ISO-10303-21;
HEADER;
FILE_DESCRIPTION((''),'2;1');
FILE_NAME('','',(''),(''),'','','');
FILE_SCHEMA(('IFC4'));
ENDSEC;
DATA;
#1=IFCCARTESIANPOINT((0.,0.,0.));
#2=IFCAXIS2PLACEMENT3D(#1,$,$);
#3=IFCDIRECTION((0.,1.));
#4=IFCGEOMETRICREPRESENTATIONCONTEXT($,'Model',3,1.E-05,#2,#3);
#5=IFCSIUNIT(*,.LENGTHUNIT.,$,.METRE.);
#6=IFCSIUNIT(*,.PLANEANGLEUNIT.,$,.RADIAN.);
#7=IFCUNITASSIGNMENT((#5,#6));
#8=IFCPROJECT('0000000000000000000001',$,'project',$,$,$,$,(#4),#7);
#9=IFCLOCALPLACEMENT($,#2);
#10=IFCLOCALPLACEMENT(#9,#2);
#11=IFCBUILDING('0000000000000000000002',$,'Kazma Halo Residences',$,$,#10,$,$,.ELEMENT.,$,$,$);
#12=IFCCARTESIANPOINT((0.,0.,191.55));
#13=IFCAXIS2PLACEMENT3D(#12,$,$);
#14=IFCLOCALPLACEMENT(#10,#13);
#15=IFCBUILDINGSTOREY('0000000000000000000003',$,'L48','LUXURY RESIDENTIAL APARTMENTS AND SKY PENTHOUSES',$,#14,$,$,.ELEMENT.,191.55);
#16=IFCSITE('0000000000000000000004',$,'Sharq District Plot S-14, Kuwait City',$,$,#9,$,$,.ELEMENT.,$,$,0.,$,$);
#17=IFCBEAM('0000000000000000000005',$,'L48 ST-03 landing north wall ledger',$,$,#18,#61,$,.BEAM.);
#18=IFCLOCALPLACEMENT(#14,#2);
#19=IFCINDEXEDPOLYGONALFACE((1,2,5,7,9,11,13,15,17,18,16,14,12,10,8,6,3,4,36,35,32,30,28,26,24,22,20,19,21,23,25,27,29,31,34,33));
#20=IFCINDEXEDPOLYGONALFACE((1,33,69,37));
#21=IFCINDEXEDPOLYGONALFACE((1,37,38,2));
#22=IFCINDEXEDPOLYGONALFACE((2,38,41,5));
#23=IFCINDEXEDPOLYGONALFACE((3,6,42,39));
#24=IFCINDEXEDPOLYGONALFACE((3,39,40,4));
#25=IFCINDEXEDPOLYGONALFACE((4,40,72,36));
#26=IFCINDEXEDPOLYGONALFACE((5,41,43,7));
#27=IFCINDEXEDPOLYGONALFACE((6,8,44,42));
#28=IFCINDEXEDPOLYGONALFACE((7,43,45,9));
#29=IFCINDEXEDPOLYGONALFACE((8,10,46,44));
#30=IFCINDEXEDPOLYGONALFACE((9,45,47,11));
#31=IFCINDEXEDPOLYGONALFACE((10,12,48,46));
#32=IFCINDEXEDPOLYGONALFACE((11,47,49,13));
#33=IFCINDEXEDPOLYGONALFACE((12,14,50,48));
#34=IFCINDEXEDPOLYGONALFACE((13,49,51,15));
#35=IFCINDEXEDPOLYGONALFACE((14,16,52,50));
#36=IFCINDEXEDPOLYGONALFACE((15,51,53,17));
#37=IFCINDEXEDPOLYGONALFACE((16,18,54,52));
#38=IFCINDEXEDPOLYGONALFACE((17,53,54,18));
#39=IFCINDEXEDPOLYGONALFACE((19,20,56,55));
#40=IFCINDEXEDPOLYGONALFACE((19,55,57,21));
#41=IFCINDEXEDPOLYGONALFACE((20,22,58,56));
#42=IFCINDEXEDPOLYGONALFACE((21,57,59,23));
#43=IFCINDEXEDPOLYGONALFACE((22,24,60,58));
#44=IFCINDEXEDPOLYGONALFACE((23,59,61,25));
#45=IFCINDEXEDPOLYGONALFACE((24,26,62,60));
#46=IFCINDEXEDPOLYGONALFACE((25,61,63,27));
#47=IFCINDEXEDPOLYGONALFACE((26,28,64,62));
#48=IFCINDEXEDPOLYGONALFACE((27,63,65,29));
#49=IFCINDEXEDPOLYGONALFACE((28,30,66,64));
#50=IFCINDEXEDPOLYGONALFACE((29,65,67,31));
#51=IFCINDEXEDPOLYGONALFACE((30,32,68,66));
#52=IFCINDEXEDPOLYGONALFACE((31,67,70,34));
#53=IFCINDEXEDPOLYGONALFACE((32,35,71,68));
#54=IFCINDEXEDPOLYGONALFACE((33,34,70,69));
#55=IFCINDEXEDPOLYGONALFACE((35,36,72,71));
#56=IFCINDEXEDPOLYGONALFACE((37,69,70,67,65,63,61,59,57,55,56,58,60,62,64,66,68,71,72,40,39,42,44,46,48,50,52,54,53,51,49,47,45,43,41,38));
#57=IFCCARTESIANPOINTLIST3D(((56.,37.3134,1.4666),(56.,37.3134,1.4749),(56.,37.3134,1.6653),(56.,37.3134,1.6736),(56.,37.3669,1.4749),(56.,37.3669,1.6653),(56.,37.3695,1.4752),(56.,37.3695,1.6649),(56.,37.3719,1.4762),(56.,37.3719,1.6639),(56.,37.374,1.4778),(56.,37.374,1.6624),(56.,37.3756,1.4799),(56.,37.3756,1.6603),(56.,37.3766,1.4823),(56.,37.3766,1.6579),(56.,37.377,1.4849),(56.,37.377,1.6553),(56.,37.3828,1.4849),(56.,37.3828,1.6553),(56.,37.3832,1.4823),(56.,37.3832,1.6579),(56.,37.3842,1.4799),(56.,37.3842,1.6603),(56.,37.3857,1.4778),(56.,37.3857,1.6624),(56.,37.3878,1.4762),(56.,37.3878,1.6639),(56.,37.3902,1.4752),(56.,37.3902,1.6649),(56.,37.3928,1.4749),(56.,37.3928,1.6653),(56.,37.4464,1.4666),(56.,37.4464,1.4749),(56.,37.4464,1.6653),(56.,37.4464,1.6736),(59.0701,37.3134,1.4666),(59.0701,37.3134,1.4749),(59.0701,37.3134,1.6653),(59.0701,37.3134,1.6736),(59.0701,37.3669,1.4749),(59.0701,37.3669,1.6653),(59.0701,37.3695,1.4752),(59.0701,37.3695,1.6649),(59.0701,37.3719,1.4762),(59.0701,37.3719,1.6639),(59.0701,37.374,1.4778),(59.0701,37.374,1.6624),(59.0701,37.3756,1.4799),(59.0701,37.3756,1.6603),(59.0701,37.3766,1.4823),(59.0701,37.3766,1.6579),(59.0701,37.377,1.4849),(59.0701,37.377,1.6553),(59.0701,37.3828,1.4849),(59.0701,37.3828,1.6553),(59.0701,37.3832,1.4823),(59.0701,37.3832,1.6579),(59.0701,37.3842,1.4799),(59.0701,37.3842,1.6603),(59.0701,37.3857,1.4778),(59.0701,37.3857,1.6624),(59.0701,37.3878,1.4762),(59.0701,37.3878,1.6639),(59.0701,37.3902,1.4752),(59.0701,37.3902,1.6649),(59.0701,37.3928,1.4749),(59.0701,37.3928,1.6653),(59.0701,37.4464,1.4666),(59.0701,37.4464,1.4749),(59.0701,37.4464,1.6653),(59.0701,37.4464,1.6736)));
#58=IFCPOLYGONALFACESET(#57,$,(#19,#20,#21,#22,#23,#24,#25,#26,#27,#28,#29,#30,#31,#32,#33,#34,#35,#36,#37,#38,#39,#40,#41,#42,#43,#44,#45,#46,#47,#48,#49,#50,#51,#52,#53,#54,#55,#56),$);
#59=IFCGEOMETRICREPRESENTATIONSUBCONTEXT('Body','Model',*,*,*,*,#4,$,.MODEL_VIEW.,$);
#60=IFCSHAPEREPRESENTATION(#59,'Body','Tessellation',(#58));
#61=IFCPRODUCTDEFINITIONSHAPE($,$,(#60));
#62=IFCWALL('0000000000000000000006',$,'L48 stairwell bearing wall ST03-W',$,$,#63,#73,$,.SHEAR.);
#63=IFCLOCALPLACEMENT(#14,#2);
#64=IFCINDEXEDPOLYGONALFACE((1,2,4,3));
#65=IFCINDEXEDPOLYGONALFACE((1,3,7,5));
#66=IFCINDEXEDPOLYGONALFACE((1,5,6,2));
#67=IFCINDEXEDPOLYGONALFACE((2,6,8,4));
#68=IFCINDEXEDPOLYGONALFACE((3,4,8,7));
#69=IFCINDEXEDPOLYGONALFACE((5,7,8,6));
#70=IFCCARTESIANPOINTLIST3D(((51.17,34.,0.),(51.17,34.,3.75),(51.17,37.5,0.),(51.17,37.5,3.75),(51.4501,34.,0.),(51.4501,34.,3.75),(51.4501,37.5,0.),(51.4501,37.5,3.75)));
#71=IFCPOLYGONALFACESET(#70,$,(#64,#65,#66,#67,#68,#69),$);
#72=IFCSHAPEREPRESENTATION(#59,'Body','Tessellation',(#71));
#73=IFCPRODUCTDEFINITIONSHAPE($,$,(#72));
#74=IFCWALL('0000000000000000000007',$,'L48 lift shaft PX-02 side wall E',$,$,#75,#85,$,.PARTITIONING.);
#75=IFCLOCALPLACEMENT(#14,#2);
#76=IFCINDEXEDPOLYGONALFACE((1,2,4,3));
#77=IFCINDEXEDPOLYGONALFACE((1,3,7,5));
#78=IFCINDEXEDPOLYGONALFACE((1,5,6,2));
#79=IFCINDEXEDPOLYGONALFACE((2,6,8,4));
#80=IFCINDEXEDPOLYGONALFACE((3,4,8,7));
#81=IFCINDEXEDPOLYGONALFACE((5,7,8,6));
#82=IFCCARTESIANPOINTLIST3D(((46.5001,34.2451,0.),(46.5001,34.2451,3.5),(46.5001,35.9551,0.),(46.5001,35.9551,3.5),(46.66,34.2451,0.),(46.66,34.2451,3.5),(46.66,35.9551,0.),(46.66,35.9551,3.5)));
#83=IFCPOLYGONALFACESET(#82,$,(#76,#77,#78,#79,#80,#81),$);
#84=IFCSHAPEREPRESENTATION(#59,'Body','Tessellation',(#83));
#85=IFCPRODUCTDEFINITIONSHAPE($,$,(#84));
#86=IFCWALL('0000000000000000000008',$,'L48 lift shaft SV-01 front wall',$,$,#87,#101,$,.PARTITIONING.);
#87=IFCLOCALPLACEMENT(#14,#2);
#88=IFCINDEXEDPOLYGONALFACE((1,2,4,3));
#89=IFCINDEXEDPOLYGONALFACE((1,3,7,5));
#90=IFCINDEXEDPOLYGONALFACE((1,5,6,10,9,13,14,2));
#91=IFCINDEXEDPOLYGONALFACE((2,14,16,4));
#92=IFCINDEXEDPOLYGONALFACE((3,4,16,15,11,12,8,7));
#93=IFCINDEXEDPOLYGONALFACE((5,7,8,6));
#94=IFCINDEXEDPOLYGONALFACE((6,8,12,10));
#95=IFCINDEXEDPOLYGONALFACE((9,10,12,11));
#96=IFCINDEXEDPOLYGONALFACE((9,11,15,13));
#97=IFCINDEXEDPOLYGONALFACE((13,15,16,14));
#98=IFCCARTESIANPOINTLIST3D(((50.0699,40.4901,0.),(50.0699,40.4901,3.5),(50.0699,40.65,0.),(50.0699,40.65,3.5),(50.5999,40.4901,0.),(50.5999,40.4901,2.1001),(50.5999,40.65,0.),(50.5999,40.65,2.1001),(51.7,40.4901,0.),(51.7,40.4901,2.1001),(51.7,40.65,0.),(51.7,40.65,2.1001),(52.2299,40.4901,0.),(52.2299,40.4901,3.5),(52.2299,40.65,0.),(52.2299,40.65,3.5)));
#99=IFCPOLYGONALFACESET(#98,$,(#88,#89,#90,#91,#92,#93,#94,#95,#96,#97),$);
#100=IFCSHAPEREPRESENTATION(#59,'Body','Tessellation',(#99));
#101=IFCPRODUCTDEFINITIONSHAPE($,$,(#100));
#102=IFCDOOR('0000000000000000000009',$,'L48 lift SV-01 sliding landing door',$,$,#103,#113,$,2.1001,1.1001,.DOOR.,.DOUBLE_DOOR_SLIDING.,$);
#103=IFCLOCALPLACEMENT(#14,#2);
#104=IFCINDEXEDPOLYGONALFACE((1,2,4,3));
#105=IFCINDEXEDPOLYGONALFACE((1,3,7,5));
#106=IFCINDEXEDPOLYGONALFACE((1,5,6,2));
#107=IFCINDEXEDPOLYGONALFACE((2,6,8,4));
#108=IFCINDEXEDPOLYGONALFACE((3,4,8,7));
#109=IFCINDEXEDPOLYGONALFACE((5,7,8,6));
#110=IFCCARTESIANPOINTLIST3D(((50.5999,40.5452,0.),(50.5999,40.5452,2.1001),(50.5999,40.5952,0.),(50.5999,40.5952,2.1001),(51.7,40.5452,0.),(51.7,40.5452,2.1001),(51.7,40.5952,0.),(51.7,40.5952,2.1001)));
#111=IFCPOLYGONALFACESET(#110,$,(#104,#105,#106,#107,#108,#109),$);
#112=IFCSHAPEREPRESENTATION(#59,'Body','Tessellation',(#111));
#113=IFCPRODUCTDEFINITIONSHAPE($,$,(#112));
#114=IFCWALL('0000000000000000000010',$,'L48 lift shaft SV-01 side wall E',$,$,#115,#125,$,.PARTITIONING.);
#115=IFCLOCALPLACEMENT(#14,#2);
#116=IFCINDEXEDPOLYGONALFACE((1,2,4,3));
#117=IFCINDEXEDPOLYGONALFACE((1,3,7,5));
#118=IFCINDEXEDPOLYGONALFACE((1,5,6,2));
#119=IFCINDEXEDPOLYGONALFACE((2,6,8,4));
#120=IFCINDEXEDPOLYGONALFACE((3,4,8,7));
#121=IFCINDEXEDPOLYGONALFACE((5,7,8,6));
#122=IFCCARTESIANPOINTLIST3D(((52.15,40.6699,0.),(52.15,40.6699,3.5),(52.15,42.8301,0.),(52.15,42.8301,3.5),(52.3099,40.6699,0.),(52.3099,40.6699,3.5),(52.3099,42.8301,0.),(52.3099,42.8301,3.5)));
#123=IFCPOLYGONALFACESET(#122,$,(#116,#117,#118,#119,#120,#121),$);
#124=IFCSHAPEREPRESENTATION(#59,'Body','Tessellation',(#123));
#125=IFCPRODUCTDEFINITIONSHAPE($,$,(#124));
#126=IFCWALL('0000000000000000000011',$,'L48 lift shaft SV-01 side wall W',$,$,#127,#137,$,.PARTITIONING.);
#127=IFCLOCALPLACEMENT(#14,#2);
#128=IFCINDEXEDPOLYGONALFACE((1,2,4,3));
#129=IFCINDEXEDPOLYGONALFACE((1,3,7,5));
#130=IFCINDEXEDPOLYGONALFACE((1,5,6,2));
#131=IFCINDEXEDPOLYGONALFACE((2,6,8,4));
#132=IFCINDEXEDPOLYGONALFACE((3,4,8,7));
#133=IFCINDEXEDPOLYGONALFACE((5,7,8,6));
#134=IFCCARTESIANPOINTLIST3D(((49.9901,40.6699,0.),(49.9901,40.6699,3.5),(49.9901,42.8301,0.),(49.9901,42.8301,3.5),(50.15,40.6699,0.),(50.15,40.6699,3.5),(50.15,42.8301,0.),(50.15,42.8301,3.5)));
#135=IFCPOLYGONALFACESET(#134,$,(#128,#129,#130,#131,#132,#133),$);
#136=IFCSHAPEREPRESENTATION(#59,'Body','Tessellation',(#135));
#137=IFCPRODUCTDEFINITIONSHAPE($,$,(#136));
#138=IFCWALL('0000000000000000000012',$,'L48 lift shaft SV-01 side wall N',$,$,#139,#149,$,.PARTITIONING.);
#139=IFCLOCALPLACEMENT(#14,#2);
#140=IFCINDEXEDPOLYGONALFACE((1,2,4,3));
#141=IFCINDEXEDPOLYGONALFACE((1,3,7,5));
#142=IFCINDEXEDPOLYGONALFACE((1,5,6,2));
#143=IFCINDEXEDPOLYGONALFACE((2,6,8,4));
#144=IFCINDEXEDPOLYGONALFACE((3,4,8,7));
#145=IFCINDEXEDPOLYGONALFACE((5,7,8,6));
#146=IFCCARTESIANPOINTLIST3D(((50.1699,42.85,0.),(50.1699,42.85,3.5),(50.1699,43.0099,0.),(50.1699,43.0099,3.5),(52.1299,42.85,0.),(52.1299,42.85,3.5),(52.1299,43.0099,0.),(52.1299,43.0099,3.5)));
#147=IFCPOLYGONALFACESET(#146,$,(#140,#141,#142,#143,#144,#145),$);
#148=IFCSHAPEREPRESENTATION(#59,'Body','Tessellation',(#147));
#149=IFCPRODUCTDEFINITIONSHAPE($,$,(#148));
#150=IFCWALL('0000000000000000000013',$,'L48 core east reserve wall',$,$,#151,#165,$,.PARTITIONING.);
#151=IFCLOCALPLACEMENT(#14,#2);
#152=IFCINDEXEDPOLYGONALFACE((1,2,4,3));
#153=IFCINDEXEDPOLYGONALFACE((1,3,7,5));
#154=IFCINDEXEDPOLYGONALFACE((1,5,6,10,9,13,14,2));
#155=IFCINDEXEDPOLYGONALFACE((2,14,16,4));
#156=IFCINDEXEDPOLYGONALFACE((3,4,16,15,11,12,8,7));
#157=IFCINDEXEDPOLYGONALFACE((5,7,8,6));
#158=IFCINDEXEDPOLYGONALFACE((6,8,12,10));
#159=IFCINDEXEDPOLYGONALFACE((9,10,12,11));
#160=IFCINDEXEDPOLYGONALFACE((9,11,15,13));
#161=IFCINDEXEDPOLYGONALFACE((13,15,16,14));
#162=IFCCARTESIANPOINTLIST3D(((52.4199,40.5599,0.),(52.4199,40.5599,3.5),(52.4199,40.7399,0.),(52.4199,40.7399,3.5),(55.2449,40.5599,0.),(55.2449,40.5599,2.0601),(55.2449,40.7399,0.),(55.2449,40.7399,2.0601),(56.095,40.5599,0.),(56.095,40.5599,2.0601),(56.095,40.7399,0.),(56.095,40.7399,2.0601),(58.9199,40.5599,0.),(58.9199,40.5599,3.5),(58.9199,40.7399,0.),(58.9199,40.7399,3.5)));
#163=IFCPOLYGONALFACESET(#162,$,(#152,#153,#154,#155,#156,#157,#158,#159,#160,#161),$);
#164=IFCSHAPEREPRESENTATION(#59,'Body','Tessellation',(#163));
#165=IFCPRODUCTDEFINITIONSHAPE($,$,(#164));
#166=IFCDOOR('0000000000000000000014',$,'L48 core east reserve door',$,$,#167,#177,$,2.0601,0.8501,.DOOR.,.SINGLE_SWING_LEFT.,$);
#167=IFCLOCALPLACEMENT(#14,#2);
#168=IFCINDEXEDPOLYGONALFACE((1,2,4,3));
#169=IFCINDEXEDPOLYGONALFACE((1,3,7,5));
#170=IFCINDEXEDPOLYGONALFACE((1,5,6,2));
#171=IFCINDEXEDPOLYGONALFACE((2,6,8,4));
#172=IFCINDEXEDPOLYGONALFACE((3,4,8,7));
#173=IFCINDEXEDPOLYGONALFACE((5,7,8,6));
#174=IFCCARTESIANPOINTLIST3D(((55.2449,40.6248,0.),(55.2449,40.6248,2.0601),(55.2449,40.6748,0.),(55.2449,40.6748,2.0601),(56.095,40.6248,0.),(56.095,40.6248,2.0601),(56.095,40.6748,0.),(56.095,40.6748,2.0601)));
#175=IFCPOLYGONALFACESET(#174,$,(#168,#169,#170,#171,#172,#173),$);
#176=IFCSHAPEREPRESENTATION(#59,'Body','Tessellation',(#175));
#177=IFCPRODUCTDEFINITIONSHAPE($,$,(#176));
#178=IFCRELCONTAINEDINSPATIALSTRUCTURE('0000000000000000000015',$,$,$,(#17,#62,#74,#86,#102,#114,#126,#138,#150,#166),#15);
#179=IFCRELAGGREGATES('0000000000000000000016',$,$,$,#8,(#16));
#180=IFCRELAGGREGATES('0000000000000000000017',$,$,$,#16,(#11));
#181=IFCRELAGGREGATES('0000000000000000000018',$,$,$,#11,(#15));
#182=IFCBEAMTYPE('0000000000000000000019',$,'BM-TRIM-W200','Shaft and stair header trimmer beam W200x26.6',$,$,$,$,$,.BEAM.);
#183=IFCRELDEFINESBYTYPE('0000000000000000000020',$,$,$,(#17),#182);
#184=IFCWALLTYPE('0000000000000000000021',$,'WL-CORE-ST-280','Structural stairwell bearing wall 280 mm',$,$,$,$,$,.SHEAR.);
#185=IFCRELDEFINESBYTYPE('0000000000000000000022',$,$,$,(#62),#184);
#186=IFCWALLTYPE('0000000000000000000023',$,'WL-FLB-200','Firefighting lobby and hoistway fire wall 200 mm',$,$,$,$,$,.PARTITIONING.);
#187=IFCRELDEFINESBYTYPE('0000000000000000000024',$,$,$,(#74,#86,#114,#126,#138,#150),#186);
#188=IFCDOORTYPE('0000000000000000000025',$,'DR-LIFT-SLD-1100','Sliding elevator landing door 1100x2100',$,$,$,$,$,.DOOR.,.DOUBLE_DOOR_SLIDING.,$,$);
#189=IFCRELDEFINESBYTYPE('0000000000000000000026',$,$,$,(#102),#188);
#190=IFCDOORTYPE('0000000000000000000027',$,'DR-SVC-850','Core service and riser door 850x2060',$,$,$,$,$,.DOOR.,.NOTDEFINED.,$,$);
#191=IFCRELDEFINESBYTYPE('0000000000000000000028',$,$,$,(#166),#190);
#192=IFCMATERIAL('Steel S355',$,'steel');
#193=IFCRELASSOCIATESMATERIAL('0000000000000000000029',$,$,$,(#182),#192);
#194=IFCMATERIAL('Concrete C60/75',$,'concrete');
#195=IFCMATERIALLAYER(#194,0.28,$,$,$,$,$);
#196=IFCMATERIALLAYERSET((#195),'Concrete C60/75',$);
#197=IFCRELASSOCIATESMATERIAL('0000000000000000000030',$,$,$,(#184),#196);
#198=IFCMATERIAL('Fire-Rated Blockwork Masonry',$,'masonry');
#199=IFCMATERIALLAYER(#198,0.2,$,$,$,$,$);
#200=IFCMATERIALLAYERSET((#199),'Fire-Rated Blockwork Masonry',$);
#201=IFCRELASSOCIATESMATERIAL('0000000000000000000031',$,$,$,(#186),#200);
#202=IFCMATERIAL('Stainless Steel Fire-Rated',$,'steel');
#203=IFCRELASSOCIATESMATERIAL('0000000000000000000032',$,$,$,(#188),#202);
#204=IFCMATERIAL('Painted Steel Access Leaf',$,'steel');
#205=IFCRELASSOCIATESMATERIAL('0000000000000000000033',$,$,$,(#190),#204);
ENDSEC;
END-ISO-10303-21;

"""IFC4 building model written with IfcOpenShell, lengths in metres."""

from ifc_helpers import new_model, si_unit, direction, frame, frame_2d, origin, origin_2d, place, context, subcontext, project, spatial, rectangle, i_section, extrude, material, layer, layer_set, material_profile, profile_set, type_object, element, fill, save


model = new_model("IFC4")

# Units and contexts
model_context = context("Model", 3, precision=1e-05, world=origin(), true_north=direction((0.0, 1.0)))
body_context = subcontext(model_context, "Body", "Model", "MODEL_VIEW")
ifc_project = project(units=[si_unit("LENGTHUNIT", "METRE"), si_unit("PLANEANGLEUNIT", "RADIAN")], contexts=[model_context])

# Site, building, storey
site_placement = place(None, origin())
site = spatial("IfcSite", under=ifc_project, at=site_placement, Name="Sharq District Plot S-14, Kuwait City", CompositionType="ELEMENT", RefElevation=0.0)
building_placement = place(site_placement, origin())
building = spatial("IfcBuilding", under=site, at=building_placement, Name="Kazma Halo Residences", CompositionType="ELEMENT")
storey_placement = place(building_placement, frame((0.0, 0.0, 191.55)))
storey = spatial("IfcBuildingStorey", under=building, at=storey_placement, Name="L48", Description="LUXURY RESIDENTIAL APARTMENTS AND SKY PENTHOUSES", CompositionType="ELEMENT", Elevation=191.55)

# Shared definitions
ifc_material_1 = material(Name="Steel S355", Category="steel")

# Beam
ifc_material_profile_1 = material_profile(ifc_material_1, i_section(OverallWidth=0.1331, OverallDepth=0.207, WebThickness=0.0059, FlangeThickness=0.0083, FilletRadius=0.01, at=origin_2d()), Name="W200x26.6")
ifc_profile_set_1 = profile_set([ifc_material_profile_1], Name="Steel S355")
beam_type = type_object("IfcBeamType", Name="BM-TRIM-W200", Description="Shaft and stair header trimmer beam W200x26.6", PredefinedType="BEAM", material=ifc_profile_set_1)
beam_1_placement = place(storey_placement, frame((56.0, 37.3799, 1.5701), z_axis=(1.0, 0.0, 0.0), x_axis=(0.0, 1.0, 0.0)))
element("IfcBeam", 1, at=beam_1_placement, inside=storey, type_object=beam_type, Name="L48 ST-03 landing north wall ledger", PredefinedType="BEAM", context=body_context, shape_type="SweptSolid", body=[
    extrude(i_section(OverallWidth=0.1331, OverallDepth=0.207, WebThickness=0.0059, FlangeThickness=0.0083, FilletRadius=0.01, at=origin_2d()), origin(), (0.0, 0.0, 1.0), 3.0701),
])

# Walls
ifc_material_2 = material(Name="Concrete C60/75", Category="concrete")
ifc_layer_1 = layer(ifc_material_2, 0.28)
ifc_layer_set_1 = layer_set([ifc_layer_1], Name="Concrete C60/75")
wall_type_1 = type_object("IfcWallType", Name="WL-CORE-ST-280", Description="Structural stairwell bearing wall 280 mm", PredefinedType="SHEAR", material=ifc_layer_set_1)
wall_1_placement = place(storey_placement, frame((51.3101, 34.0, 0.0), z_axis=(0.0, 0.0, 1.0), x_axis=(0.0, 1.0, 0.0)))
element("IfcWall", 2, at=wall_1_placement, inside=storey, type_object=wall_type_1, Name="L48 stairwell bearing wall ST03-W", PredefinedType="SHEAR", context=body_context, shape_type="SweptSolid", body=[
    extrude(rectangle(XDim=3.5, YDim=0.28, at=frame_2d((1.75, 0.0))), origin(), (0.0, 0.0, 1.0), 3.75),
])
ifc_material_3 = material(Name="Fire-Rated Blockwork Masonry", Category="masonry")
ifc_layer_2 = layer(ifc_material_3, 0.2)
ifc_layer_set_2 = layer_set([ifc_layer_2], Name="Fire-Rated Blockwork Masonry")
wall_type_2 = type_object("IfcWallType", Name="WL-FLB-200", Description="Firefighting lobby and hoistway fire wall 200 mm", PredefinedType="PARTITIONING", material=ifc_layer_set_2)
wall_2_placement = place(storey_placement, frame((46.5801, 34.2451, 0.0), z_axis=(0.0, 0.0, 1.0), x_axis=(0.0, 1.0, 0.0)))
element("IfcWall", 3, at=wall_2_placement, inside=storey, type_object=wall_type_2, Name="L48 lift shaft PX-02 side wall E", PredefinedType="PARTITIONING", context=body_context, shape_type="SweptSolid", body=[
    extrude(rectangle(XDim=1.71, YDim=0.1599, at=frame_2d((0.855, 0.0))), origin(), (0.0, 0.0, 1.0), 3.5),
])

# Wall, opening, door
wall_3_placement = place(storey_placement, frame((52.23, 40.5701, 0.0), z_axis=(0.0, 0.0, 1.0), x_axis=(-1.0, 0.0, 0.0)))
wall_3 = element("IfcWall", 4, at=wall_3_placement, inside=storey, type_object=wall_type_2, Name="L48 lift shaft SV-01 front wall", PredefinedType="PARTITIONING", context=body_context, shape_type="SweptSolid", body=[
    extrude(rectangle(XDim=2.1599, YDim=0.1599, at=frame_2d((1.0801, 0.0))), origin(), (0.0, 0.0, 1.0), 3.5),
])
opening_1_placement = place(wall_3_placement, frame((0.53, 0.0, 0.0)))
opening_1 = element("IfcOpeningElement", 5, at=opening_1_placement, cuts=wall_3, PredefinedType="OPENING", context=body_context, shape_type="SweptSolid", body=[
    extrude(rectangle(XDim=1.1001, YDim=2.1001, at=frame_2d((0.55, 1.05))), frame((0.0, 0.0898, 0.0), z_axis=(0.0, -1.0, 0.0), x_axis=(1.0, 0.0, 0.0)), (0.0, 0.0, 1.0), 0.1799),
])
ifc_material_4 = material(Name="Stainless Steel Fire-Rated", Category="steel")
door_type_1 = type_object("IfcDoorType", Name="DR-LIFT-SLD-1100", Description="Sliding elevator landing door 1100x2100", OperationType="DOUBLE_DOOR_SLIDING", PredefinedType="DOOR", material=ifc_material_4)
door_1_placement = place(opening_1_placement, origin())
door_1 = element("IfcDoor", 6, at=door_1_placement, inside=storey, type_object=door_type_1, Name="L48 lift SV-01 sliding landing door", OperationType="DOUBLE_DOOR_SLIDING", OverallHeight=2.1001, OverallWidth=1.1001, PredefinedType="DOOR", context=body_context, shape_type="SweptSolid", body=[
    extrude(rectangle(XDim=1.1001, YDim=2.1001, at=frame_2d((0.55, 1.05))), frame((0.0, 0.0249, 0.0), z_axis=(0.0, -1.0, 0.0), x_axis=(1.0, 0.0, 0.0)), (0.0, 0.0, 1.0), 0.05),
])
fill(opening_1, door_1)

# Walls
for number, where, z_axis, x_axis, name in (
    (7, (52.23, 40.6699, 0.0), (0.0, 0.0, 1.0), (0.0, 1.0, 0.0), "L48 lift shaft SV-01 side wall E"),
    (8, (50.0701, 40.6699, 0.0), (0.0, 0.0, 1.0), (0.0, 1.0, 0.0), "L48 lift shaft SV-01 side wall W"),
):
    element("IfcWall", number, at=place(storey_placement, frame(where, z_axis=z_axis, x_axis=x_axis)), inside=storey, type_object=wall_type_2, Name=name, PredefinedType="PARTITIONING", context=body_context, shape_type="SweptSolid", body=[
        extrude(rectangle(XDim=2.1602, YDim=0.1599, at=frame_2d((1.0801, 0.0))), origin(), (0.0, 0.0, 1.0), 3.5),
    ])
wall_4_placement = place(storey_placement, frame((50.1699, 42.9299, 0.0), z_axis=(0.0, 0.0, 1.0), x_axis=(1.0, 0.0, 0.0)))
element("IfcWall", 9, at=wall_4_placement, inside=storey, type_object=wall_type_2, Name="L48 lift shaft SV-01 side wall N", PredefinedType="PARTITIONING", context=body_context, shape_type="SweptSolid", body=[
    extrude(rectangle(XDim=1.96, YDim=0.1599, at=frame_2d((0.98, 0.0))), origin(), (0.0, 0.0, 1.0), 3.5),
])

# Wall, opening, door
wall_5_placement = place(storey_placement, frame((52.4199, 40.6499, 0.0), z_axis=(0.0, 0.0, 1.0), x_axis=(1.0, 0.0, 0.0)))
wall_5 = element("IfcWall", 10, at=wall_5_placement, inside=storey, type_object=wall_type_2, Name="L48 core east reserve wall", PredefinedType="PARTITIONING", context=body_context, shape_type="SweptSolid", body=[
    extrude(rectangle(XDim=6.5, YDim=0.1799, at=frame_2d((3.25, 0.0))), origin(), (0.0, 0.0, 1.0), 3.5),
])
opening_2_placement = place(wall_5_placement, frame((2.825, 0.0, 0.0)))
opening_2 = element("IfcOpeningElement", 11, at=opening_2_placement, cuts=wall_5, PredefinedType="OPENING", context=body_context, shape_type="SweptSolid", body=[
    extrude(rectangle(XDim=0.8501, YDim=2.0601, at=frame_2d((0.425, 1.03))), frame((0.0, 0.0999, 0.0), z_axis=(0.0, -1.0, 0.0), x_axis=(1.0, 0.0, 0.0)), (0.0, 0.0, 1.0), 0.2),
])
ifc_material_5 = material(Name="Painted Steel Access Leaf", Category="steel")
door_type_2 = type_object("IfcDoorType", Name="DR-SVC-850", Description="Core service and riser door 850x2060", OperationType="NOTDEFINED", PredefinedType="DOOR", material=ifc_material_5)
door_2_placement = place(opening_2_placement, origin())
door_2 = element("IfcDoor", 12, at=door_2_placement, inside=storey, type_object=door_type_2, Name="L48 core east reserve door", OperationType="SINGLE_SWING_LEFT", OverallHeight=2.0601, OverallWidth=0.8501, PredefinedType="DOOR", context=body_context, shape_type="SweptSolid", body=[
    extrude(rectangle(XDim=0.8501, YDim=2.0601, at=frame_2d((0.425, 1.03))), frame((0.0, 0.0249, 0.0), z_axis=(0.0, -1.0, 0.0), x_axis=(1.0, 0.0, 0.0)), (0.0, 0.0, 1.0), 0.05),
])
fill(opening_2, door_2)

save(model, "model.ifc")
